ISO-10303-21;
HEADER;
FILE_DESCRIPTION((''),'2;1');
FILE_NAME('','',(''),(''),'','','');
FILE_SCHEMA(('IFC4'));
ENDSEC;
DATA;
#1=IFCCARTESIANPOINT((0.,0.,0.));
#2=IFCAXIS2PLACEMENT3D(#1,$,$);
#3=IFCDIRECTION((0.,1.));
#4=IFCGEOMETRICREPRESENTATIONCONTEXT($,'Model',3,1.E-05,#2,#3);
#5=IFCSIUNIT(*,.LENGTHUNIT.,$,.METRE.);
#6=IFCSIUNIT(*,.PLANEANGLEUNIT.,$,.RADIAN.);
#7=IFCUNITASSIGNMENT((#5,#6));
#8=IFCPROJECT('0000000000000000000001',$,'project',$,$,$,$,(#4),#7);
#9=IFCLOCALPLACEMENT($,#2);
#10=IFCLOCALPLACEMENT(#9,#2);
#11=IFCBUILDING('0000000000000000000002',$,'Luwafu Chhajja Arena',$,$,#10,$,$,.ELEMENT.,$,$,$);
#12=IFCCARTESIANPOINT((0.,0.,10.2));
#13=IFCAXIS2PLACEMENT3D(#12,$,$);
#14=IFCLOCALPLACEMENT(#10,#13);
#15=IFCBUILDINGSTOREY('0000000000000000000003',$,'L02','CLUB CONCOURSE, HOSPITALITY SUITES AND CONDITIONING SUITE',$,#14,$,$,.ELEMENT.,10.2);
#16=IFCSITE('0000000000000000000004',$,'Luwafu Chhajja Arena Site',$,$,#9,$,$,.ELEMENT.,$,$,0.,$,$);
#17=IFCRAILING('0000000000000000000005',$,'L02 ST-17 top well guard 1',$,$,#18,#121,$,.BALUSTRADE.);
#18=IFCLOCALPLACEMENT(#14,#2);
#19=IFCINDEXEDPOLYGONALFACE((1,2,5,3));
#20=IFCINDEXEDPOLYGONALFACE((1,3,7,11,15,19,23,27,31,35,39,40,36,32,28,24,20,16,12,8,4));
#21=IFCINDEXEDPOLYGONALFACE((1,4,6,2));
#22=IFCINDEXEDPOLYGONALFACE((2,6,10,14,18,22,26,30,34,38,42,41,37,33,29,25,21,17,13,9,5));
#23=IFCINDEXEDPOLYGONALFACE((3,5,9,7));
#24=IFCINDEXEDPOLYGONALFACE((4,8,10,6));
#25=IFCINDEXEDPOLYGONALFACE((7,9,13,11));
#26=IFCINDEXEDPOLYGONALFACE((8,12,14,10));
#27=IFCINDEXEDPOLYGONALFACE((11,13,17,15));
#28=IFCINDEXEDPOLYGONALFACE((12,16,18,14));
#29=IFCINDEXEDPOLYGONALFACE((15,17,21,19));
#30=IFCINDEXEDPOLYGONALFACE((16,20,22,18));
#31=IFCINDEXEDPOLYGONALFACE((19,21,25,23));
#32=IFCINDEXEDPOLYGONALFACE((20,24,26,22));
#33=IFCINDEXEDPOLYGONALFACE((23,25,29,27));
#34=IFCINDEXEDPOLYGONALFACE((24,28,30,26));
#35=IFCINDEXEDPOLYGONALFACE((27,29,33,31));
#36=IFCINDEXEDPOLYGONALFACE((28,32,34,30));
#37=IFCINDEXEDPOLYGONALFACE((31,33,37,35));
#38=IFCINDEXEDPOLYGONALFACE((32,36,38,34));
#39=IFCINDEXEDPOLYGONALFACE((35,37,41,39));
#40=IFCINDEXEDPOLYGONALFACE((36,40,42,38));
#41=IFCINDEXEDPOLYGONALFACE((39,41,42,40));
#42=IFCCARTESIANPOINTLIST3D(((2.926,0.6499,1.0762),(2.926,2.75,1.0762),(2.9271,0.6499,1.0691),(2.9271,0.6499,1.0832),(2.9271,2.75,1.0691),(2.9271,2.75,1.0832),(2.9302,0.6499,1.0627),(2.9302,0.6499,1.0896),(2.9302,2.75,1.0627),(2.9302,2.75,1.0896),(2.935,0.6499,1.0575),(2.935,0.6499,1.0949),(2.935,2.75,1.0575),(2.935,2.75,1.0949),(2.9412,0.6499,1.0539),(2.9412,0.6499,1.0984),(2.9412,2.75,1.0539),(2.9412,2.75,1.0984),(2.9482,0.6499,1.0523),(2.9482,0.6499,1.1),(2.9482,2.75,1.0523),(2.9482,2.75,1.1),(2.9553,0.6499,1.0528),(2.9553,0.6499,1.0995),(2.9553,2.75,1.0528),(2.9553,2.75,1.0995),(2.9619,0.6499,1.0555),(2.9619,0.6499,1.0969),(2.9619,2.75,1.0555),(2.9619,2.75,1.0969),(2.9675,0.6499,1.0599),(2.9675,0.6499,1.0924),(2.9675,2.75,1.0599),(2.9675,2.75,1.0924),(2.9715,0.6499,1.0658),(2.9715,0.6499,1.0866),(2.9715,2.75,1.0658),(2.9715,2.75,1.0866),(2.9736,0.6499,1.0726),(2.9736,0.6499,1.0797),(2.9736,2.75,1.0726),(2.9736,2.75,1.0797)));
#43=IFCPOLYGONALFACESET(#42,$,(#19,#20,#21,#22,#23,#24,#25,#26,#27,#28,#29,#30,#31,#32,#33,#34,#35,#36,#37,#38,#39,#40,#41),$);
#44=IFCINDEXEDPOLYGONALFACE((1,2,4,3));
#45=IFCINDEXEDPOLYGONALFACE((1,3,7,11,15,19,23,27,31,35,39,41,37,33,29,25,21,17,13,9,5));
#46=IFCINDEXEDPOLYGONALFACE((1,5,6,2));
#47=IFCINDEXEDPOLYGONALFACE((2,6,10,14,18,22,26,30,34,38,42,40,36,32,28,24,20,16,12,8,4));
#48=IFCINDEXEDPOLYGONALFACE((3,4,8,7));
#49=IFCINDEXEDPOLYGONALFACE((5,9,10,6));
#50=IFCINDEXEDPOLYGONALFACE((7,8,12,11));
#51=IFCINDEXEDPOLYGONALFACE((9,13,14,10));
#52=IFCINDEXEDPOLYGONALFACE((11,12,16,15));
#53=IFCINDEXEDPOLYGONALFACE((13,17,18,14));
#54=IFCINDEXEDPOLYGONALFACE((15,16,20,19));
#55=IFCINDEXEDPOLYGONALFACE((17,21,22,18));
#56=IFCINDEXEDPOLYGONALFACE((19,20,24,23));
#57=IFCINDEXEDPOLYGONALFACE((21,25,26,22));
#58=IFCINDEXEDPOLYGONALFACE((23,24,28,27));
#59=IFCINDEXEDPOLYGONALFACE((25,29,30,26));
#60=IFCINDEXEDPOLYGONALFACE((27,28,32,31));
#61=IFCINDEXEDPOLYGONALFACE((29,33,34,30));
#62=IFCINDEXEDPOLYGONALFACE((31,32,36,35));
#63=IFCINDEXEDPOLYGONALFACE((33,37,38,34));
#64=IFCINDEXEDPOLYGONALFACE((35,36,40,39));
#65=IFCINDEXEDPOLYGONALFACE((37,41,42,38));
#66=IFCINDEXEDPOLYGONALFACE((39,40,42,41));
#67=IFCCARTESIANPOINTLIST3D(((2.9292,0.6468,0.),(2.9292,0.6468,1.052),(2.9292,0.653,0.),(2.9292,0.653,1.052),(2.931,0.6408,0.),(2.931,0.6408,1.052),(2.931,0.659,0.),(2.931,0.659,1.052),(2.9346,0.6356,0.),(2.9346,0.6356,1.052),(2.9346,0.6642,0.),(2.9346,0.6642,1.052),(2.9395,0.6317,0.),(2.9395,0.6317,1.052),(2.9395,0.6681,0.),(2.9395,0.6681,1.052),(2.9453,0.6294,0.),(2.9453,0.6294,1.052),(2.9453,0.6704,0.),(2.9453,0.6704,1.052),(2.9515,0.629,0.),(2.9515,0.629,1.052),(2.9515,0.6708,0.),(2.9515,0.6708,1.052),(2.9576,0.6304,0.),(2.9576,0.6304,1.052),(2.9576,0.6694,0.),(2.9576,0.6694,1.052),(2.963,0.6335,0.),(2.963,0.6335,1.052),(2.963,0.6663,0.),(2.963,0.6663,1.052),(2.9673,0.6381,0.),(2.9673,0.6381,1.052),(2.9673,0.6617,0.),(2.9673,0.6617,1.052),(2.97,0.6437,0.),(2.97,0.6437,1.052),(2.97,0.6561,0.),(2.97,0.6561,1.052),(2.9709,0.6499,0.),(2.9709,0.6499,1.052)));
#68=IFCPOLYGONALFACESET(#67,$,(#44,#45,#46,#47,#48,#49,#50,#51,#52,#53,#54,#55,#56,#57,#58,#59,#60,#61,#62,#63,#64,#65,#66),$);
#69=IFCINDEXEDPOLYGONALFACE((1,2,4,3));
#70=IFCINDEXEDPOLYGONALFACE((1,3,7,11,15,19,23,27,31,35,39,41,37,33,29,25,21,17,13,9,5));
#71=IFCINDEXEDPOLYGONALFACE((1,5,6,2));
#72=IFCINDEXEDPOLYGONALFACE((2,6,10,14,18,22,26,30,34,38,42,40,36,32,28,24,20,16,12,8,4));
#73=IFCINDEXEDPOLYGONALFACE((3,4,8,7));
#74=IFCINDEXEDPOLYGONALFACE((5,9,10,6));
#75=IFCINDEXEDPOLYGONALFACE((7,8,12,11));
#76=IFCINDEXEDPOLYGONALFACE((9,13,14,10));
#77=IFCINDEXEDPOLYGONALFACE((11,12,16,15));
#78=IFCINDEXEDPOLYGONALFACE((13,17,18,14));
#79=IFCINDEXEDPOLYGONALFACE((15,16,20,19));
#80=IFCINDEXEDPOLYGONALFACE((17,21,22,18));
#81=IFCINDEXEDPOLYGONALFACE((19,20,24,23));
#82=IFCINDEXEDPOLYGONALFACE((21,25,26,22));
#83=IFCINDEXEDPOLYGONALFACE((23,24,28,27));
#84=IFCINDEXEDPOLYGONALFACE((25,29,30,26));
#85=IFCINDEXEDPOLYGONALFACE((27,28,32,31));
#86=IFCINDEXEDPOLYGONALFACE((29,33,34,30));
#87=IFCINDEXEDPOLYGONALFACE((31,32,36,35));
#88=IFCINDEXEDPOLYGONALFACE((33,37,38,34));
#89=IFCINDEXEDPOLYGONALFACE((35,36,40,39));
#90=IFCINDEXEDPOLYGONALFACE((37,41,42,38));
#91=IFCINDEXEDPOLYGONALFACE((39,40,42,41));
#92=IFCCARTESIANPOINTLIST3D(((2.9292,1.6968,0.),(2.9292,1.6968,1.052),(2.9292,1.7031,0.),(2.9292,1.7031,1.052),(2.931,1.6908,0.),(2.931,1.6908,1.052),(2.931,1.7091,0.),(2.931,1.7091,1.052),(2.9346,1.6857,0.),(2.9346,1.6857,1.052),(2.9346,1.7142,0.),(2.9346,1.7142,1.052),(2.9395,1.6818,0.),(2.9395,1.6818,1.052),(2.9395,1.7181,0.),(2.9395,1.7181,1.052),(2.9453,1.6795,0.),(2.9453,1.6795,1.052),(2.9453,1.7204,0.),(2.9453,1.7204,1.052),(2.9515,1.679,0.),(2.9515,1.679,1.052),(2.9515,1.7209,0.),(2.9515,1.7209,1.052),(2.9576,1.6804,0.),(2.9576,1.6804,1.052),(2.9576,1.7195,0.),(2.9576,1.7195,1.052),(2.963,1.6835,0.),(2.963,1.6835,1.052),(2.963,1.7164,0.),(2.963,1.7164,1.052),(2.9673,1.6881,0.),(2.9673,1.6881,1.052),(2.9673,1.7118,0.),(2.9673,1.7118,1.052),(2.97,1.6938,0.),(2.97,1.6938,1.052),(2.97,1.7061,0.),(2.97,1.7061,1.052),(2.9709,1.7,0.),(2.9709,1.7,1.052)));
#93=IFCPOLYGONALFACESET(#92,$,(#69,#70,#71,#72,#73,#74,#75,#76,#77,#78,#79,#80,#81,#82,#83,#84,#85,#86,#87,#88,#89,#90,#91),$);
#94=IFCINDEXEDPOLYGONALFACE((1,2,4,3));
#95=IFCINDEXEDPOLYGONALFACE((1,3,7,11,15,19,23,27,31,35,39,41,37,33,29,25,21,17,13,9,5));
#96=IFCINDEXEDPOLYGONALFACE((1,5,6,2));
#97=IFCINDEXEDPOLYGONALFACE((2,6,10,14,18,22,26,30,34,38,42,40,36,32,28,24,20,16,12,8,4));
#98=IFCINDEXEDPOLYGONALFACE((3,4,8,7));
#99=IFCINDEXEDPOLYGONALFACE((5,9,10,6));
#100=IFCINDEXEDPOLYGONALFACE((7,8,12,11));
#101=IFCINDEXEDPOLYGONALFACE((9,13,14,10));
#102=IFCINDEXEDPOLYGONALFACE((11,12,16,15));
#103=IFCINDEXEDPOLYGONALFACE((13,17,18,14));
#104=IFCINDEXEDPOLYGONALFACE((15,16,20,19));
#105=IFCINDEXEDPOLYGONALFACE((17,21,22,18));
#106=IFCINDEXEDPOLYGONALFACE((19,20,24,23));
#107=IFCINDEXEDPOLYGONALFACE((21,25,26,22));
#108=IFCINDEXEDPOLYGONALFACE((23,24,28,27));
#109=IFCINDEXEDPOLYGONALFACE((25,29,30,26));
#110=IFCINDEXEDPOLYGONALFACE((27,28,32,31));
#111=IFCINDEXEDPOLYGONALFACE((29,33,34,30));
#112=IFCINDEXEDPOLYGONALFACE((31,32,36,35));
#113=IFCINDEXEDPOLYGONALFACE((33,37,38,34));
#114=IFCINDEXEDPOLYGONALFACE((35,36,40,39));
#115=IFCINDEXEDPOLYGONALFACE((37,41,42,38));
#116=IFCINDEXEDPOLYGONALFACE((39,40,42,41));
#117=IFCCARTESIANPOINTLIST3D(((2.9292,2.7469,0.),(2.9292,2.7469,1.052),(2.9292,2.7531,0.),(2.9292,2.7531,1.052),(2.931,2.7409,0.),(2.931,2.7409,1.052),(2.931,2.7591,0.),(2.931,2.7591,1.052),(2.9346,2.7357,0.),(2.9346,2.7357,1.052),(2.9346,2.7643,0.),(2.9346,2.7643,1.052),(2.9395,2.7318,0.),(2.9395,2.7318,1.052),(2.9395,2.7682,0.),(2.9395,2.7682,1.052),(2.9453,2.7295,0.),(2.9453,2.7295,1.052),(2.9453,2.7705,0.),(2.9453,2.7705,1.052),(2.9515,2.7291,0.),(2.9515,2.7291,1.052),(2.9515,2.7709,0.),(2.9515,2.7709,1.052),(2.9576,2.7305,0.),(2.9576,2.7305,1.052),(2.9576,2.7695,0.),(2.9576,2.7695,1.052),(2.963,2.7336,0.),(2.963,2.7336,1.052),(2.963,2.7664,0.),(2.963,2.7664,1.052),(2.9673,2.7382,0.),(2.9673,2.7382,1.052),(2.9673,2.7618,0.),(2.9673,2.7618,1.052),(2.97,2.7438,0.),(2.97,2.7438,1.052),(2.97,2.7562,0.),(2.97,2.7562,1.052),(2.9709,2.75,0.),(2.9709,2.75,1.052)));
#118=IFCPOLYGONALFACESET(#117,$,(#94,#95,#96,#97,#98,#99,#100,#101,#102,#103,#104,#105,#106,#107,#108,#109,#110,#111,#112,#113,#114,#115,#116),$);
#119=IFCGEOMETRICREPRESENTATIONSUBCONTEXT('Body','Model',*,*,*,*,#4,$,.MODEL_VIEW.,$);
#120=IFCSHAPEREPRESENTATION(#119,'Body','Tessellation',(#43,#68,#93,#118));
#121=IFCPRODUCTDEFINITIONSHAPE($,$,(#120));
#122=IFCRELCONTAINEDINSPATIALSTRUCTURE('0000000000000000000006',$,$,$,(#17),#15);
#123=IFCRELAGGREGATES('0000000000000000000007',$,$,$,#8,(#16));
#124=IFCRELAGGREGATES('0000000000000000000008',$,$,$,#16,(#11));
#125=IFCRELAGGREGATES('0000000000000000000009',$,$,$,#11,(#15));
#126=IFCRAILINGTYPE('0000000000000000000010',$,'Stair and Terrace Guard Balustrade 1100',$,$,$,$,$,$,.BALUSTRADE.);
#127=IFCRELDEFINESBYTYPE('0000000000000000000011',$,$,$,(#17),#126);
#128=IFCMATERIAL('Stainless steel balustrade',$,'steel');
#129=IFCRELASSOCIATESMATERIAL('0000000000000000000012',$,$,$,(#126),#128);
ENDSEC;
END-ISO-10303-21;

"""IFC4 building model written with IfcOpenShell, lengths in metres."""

from ifc_helpers import new_model, si_unit, direction, frame, origin, origin_2d, place, context, subcontext, project, spatial, circle, extrude, material, type_object, element, save


model = new_model("IFC4")

# Units and contexts
model_context = context("Model", 3, precision=1e-05, world=origin(), true_north=direction((0.0, 1.0)))
body_context = subcontext(model_context, "Body", "Model", "MODEL_VIEW")
ifc_project = project(units=[si_unit("LENGTHUNIT", "METRE"), si_unit("PLANEANGLEUNIT", "RADIAN")], contexts=[model_context])

# Site, building, storey
site_placement = place(None, origin())
site = spatial("IfcSite", under=ifc_project, at=site_placement, Name="Luwafu Chhajja Arena Site", CompositionType="ELEMENT", RefElevation=0.0)
building_placement = place(site_placement, origin())
building = spatial("IfcBuilding", under=site, at=building_placement, Name="Luwafu Chhajja Arena", CompositionType="ELEMENT")
storey_placement = place(building_placement, frame((0.0, 0.0, 10.2)))
storey = spatial("IfcBuildingStorey", under=building, at=storey_placement, Name="L02", Description="CLUB CONCOURSE, HOSPITALITY SUITES AND CONDITIONING SUITE", CompositionType="ELEMENT", Elevation=10.2)

# Railing
ifc_material_1 = material(Name="Stainless steel balustrade", Category="steel")
railing_type = type_object("IfcRailingType", Name="Stair and Terrace Guard Balustrade 1100", PredefinedType="BALUSTRADE", material=ifc_material_1)
railing_1_placement = place(storey_placement, frame((2.95, 0.6499, 0.0)))
element("IfcRailing", 1, at=railing_1_placement, inside=storey, type_object=railing_type, Name="L02 ST-17 top well guard 1", PredefinedType="BALUSTRADE", context=body_context, shape_type="SweptSolid", body=[
    extrude(circle(Radius=0.0239, at=origin_2d()), frame((0.0, 0.0, 1.0762), z_axis=(0.0, 1.0, 0.0), x_axis=(-1.0, 0.0, 0.0)), (0.0, 0.0, 1.0), 2.1001),
    extrude(circle(Radius=0.021, at=origin_2d()), origin(), (0.0, 0.0, 1.0), 1.052),
    extrude(circle(Radius=0.021, at=origin_2d()), frame((0.0, 1.05, 0.0)), (0.0, 0.0, 1.0), 1.052),
    extrude(circle(Radius=0.021, at=origin_2d()), frame((0.0, 2.1001, 0.0)), (0.0, 0.0, 1.0), 1.052),
])

save(model, "model.ifc")
